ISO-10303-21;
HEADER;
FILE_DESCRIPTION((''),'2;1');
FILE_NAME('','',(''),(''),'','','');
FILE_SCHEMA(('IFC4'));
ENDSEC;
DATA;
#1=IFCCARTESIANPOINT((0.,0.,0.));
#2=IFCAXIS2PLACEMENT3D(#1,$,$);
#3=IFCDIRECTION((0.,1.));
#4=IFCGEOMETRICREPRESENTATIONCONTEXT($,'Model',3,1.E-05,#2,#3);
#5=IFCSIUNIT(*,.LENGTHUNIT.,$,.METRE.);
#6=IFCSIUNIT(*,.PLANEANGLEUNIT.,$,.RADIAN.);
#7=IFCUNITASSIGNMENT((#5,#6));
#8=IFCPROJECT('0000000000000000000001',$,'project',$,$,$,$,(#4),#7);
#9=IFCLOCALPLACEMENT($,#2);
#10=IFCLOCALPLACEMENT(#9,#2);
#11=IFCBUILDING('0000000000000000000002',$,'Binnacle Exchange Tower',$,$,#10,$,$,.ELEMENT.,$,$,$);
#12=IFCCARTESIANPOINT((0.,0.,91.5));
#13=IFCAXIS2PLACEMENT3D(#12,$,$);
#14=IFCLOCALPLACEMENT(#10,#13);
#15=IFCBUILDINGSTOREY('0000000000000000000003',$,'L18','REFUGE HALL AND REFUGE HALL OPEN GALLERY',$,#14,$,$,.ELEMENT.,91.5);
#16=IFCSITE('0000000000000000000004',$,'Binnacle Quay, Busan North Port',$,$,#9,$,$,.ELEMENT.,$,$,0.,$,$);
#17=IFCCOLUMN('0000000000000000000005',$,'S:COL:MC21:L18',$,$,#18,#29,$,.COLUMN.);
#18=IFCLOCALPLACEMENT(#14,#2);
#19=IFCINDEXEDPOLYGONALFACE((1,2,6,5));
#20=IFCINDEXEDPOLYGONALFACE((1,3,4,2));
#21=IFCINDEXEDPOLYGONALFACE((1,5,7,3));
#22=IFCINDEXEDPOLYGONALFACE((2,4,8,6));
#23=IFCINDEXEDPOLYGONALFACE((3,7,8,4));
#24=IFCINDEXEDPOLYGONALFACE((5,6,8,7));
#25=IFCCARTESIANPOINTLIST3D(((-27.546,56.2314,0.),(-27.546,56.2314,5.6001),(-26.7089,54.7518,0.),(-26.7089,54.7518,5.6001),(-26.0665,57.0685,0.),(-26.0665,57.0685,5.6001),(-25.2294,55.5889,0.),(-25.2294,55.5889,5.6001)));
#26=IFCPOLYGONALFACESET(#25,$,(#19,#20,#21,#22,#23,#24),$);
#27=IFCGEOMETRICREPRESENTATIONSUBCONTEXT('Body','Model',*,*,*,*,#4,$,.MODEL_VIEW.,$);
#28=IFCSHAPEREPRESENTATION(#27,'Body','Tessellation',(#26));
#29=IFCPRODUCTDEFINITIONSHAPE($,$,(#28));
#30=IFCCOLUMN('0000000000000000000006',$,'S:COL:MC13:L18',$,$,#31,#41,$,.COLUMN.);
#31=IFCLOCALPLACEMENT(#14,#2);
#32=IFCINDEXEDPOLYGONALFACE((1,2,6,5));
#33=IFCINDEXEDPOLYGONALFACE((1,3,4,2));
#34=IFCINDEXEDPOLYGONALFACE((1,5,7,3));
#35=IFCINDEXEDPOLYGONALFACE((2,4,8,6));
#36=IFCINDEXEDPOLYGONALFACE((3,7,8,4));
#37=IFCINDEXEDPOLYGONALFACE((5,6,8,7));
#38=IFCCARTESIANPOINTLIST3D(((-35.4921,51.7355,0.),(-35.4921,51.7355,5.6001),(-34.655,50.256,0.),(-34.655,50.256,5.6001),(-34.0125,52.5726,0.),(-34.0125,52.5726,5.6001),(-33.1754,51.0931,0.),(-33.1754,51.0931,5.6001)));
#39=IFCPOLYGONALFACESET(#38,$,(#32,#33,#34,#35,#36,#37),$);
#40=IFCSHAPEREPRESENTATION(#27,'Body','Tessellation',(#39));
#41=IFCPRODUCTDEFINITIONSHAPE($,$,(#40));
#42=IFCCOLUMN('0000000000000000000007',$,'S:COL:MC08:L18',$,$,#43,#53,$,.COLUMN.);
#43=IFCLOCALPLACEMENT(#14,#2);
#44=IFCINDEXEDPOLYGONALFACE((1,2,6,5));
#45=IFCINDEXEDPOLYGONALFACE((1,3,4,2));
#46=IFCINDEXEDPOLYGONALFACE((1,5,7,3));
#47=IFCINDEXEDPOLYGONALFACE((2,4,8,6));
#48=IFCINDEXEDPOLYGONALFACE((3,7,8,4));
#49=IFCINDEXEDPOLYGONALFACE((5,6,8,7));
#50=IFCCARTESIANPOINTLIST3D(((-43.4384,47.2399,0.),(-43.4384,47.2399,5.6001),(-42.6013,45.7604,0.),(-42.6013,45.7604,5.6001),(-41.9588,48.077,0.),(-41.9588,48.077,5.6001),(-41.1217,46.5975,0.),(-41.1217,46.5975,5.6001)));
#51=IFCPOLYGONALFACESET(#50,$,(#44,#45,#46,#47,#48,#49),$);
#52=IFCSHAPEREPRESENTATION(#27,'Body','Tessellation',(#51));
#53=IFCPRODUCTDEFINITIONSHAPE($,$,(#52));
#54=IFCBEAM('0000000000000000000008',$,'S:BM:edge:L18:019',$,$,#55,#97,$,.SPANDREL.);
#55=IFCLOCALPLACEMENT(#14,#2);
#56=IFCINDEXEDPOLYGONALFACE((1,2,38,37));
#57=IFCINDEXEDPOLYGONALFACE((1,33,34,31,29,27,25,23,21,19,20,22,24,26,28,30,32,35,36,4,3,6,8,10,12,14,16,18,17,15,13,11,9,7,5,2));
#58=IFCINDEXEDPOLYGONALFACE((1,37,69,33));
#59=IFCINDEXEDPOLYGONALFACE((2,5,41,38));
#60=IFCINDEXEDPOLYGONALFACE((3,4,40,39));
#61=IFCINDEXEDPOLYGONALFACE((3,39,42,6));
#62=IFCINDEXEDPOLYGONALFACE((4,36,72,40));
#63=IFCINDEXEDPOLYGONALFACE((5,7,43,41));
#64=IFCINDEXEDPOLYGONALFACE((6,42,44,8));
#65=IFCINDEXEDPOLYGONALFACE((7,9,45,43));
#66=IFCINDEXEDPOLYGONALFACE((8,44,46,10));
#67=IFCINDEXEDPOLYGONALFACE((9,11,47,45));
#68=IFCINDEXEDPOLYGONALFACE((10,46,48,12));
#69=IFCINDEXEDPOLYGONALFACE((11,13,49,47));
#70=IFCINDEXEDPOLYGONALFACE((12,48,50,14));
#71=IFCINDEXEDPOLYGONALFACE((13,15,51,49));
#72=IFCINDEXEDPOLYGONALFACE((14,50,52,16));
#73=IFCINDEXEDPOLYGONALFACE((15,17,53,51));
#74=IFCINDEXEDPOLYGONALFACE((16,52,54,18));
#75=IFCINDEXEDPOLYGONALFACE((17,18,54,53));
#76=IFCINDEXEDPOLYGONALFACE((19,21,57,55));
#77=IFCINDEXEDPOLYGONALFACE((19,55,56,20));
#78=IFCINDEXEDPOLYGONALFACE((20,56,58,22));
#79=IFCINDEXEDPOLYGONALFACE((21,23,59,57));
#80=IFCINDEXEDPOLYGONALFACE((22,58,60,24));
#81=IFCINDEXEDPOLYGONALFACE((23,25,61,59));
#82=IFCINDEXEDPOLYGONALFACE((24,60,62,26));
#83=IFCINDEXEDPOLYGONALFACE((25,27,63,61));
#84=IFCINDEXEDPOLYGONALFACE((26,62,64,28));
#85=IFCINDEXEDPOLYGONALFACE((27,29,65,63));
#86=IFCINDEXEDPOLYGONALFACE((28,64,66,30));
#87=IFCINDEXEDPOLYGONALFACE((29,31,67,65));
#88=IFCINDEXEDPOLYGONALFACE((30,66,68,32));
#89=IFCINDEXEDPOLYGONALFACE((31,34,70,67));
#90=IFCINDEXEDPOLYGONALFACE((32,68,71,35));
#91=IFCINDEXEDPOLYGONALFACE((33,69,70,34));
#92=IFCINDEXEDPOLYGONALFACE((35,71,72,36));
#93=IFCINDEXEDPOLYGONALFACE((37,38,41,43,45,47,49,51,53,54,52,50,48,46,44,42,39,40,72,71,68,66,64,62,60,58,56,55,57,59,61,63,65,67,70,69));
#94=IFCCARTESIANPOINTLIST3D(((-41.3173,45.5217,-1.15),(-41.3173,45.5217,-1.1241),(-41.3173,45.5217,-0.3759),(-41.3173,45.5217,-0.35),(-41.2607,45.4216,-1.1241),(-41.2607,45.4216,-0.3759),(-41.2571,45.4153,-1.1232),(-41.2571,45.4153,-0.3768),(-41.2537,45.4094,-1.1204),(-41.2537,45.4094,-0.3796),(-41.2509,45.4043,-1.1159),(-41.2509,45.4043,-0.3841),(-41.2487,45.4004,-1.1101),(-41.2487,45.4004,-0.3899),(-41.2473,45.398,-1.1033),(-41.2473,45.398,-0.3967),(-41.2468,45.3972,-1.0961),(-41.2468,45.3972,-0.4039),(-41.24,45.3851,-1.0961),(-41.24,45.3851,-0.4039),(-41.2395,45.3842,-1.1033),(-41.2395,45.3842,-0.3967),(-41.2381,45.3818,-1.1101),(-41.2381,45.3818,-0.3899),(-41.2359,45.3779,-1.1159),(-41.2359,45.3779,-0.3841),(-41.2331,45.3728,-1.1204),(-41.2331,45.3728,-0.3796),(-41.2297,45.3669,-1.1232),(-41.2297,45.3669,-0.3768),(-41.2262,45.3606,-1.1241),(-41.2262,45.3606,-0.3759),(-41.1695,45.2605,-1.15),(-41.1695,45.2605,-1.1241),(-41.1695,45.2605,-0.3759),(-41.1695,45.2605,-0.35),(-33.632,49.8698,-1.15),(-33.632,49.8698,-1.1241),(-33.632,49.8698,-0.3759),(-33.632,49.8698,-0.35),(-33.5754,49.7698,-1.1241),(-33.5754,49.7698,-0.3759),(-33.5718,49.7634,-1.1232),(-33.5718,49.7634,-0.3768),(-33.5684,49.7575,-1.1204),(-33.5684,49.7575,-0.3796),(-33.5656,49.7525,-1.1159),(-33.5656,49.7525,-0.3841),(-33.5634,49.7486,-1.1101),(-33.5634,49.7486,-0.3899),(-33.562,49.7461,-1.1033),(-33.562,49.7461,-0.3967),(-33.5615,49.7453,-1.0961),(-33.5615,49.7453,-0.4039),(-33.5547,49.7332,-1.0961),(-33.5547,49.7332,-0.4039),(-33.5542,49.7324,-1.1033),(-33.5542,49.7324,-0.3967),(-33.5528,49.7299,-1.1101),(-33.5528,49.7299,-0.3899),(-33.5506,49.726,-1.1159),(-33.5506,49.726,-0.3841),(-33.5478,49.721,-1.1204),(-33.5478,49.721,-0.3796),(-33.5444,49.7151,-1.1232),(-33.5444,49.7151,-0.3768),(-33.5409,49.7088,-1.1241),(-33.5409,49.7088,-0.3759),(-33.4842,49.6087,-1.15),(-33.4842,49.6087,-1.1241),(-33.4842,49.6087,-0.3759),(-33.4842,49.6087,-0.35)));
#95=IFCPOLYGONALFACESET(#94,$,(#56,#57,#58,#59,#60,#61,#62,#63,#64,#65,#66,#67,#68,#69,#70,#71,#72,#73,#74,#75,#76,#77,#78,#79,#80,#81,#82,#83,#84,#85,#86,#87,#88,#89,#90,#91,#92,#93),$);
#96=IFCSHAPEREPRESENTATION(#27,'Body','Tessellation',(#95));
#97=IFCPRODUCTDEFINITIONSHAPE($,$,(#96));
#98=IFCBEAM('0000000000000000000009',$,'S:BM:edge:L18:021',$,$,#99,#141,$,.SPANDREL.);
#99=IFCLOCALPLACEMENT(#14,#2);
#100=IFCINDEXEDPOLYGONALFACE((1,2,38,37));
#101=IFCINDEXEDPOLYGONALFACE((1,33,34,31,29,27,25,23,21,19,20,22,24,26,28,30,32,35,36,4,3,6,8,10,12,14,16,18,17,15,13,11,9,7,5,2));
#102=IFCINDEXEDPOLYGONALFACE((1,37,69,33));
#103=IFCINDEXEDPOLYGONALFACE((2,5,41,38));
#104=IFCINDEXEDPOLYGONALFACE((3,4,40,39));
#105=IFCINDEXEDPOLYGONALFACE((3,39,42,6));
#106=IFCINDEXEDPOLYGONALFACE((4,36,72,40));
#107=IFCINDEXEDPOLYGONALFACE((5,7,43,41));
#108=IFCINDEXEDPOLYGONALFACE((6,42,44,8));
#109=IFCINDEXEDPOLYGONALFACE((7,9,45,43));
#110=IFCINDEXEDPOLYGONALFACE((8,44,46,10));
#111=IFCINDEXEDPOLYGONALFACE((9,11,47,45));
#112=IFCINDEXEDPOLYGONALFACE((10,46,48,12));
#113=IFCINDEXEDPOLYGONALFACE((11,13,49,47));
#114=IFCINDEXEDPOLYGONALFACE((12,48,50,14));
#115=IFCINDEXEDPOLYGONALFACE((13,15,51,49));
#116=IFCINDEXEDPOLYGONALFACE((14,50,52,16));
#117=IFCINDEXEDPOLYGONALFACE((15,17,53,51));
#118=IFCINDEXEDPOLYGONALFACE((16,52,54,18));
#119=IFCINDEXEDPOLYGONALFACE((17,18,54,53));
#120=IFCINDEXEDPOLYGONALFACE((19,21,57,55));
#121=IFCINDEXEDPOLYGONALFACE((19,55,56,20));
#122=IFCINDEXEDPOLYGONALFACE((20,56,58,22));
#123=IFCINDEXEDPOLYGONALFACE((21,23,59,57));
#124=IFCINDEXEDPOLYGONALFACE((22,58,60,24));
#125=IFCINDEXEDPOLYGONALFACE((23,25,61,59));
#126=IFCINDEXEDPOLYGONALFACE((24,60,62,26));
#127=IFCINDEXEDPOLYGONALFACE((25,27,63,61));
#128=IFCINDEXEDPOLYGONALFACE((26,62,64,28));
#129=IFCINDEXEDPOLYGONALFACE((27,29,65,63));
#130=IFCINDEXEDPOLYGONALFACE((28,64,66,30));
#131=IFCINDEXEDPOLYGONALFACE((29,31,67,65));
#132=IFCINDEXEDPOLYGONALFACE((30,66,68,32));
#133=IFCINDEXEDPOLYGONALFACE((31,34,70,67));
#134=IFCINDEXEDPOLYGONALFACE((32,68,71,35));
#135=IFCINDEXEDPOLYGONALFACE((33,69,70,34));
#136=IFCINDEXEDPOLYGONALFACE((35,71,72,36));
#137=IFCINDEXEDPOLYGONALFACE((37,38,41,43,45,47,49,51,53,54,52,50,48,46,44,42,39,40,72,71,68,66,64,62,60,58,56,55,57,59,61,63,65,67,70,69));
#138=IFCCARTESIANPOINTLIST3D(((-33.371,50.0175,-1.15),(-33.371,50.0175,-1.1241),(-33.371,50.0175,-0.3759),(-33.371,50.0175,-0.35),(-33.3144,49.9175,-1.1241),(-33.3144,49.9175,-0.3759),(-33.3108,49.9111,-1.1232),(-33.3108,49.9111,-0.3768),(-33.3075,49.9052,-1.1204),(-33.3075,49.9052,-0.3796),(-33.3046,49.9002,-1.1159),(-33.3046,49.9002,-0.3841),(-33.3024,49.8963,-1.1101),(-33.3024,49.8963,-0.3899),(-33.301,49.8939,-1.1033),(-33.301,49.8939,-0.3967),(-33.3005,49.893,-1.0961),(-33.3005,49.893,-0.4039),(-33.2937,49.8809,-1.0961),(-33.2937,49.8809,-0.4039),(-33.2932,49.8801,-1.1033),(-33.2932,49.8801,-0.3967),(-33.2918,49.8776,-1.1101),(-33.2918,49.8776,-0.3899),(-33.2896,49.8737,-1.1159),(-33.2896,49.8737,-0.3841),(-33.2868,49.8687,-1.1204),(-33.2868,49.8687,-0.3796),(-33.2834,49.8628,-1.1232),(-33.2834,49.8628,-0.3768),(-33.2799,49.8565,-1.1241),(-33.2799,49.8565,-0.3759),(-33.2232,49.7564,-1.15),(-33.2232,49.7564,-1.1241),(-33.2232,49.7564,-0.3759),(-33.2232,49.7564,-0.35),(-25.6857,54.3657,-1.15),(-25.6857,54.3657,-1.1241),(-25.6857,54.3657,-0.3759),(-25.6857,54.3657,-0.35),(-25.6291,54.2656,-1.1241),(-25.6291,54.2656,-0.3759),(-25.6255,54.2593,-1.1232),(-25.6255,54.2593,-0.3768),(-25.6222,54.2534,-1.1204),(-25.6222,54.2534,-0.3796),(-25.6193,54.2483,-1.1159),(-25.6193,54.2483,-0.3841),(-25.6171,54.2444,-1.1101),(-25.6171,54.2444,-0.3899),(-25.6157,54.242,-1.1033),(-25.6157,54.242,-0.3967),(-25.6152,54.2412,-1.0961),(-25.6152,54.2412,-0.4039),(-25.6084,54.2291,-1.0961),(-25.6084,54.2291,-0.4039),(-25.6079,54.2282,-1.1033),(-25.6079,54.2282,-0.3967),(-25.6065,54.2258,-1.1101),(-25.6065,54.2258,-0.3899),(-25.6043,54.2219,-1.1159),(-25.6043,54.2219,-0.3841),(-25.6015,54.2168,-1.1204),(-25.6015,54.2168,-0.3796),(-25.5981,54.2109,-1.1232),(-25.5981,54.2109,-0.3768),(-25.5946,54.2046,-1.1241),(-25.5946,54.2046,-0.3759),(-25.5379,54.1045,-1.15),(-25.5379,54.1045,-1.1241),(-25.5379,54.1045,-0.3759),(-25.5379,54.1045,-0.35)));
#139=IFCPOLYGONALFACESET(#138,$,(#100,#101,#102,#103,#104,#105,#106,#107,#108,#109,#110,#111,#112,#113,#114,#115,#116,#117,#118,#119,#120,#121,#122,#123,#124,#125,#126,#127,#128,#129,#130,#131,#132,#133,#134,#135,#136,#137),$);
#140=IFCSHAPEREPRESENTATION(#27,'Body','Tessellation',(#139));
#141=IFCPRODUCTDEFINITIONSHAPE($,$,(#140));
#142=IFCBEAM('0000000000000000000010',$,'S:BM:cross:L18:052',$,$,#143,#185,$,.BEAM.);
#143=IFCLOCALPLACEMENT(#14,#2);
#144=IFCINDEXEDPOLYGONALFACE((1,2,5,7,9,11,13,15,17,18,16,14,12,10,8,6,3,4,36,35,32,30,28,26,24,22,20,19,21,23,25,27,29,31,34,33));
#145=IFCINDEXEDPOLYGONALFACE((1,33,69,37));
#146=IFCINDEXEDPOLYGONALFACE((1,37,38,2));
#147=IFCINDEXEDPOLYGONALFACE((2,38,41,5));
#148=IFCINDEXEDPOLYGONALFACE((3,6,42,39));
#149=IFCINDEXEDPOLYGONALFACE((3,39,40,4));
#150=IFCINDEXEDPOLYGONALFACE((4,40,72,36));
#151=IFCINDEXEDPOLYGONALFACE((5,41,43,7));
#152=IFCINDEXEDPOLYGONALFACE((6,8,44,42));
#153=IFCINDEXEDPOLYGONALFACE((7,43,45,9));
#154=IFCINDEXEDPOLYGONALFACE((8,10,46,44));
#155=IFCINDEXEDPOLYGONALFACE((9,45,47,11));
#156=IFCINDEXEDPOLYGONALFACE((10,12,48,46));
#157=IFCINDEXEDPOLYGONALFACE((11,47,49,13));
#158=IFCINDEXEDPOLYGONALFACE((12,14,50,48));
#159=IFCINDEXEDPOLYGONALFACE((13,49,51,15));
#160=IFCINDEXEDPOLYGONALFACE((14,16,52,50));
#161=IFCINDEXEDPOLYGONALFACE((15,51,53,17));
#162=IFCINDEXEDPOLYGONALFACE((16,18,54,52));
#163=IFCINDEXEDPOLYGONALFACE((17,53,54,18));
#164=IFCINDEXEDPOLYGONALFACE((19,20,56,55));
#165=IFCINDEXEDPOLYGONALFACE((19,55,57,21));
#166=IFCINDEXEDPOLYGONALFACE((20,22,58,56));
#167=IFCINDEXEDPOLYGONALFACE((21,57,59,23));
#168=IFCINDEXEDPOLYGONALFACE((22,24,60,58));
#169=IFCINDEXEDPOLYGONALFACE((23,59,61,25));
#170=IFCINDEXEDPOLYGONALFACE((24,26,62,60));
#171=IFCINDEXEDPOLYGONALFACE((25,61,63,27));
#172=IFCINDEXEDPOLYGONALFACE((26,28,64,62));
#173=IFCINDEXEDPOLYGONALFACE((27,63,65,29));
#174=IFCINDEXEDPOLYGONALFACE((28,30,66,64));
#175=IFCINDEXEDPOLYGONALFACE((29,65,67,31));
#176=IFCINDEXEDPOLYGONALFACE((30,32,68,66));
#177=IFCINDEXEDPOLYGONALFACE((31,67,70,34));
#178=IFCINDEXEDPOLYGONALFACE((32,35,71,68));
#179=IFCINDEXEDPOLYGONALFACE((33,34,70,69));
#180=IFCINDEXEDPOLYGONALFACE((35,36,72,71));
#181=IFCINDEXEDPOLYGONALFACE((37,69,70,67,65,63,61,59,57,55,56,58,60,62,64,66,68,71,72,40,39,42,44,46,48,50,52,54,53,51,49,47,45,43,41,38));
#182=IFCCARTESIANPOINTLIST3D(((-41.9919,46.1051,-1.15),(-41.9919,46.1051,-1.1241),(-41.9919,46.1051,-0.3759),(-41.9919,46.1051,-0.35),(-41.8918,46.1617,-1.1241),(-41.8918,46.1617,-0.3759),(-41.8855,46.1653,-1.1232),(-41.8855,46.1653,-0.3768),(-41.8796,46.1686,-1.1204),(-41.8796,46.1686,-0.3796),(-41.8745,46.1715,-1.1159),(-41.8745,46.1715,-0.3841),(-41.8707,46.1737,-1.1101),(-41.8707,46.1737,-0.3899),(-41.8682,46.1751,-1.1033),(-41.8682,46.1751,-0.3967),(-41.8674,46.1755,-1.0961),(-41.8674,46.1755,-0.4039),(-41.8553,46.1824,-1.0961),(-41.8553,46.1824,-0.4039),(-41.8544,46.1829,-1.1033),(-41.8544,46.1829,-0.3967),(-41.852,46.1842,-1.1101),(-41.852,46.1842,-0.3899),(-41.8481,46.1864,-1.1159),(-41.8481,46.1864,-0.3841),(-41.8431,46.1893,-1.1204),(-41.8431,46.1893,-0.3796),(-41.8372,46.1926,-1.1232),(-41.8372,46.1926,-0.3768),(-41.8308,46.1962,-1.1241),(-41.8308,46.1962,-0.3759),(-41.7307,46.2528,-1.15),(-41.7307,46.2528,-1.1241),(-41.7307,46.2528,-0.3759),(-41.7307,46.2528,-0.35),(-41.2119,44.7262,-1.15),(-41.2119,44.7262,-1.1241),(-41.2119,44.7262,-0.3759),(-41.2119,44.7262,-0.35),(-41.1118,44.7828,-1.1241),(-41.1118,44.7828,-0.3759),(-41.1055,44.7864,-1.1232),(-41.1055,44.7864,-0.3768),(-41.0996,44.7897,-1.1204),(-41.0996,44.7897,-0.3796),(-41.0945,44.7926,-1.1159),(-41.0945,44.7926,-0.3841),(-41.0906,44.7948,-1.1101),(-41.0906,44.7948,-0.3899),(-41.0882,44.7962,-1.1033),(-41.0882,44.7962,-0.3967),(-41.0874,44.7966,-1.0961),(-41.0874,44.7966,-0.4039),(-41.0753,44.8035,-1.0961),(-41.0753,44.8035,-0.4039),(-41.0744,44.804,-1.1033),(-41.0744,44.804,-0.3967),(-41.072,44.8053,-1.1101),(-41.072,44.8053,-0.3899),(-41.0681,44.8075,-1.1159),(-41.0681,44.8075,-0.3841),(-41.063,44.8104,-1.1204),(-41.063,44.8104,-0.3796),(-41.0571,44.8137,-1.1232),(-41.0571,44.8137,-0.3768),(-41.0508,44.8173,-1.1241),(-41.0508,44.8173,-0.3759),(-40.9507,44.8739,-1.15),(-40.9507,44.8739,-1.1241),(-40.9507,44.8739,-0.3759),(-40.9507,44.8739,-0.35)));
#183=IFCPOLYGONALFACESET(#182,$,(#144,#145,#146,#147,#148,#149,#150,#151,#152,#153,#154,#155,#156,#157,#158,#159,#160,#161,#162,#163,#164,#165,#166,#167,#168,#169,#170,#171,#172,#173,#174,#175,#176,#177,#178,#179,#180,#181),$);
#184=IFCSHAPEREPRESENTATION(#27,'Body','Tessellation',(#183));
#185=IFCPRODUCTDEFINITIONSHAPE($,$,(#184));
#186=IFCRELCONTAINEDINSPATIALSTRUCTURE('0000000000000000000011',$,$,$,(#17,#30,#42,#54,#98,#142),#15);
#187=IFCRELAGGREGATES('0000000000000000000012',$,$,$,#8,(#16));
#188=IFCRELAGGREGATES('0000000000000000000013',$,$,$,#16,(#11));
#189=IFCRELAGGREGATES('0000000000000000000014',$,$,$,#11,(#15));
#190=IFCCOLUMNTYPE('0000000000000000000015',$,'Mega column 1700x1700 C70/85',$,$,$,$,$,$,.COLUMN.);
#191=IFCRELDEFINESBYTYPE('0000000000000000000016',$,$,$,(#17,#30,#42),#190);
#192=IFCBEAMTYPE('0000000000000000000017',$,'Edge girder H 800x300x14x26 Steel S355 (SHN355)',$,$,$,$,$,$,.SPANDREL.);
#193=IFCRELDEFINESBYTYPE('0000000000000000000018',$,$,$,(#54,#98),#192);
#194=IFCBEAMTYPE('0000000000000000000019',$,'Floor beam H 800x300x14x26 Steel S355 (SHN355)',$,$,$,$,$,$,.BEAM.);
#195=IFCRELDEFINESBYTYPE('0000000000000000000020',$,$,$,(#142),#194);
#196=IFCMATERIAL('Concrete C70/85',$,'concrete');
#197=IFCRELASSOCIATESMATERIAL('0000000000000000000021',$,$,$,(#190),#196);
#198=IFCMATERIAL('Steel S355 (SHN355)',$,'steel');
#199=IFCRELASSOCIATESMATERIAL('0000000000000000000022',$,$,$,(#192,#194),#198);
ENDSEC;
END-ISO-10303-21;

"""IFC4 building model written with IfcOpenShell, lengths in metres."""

from ifc_helpers import new_model, si_unit, direction, frame, origin, origin_2d, place, context, subcontext, project, spatial, rectangle, i_section, extrude, material, material_profile, profile_set, type_object, element, save


model = new_model("IFC4")

# Units and contexts
model_context = context("Model", 3, precision=1e-05, world=origin(), true_north=direction((0.0, 1.0)))
body_context = subcontext(model_context, "Body", "Model", "MODEL_VIEW")
ifc_project = project(units=[si_unit("LENGTHUNIT", "METRE"), si_unit("PLANEANGLEUNIT", "RADIAN")], contexts=[model_context])

# Site, building, storey
site_placement = place(None, origin())
site = spatial("IfcSite", under=ifc_project, at=site_placement, Name="Binnacle Quay, Busan North Port", CompositionType="ELEMENT", RefElevation=0.0)
building_placement = place(site_placement, origin())
building = spatial("IfcBuilding", under=site, at=building_placement, Name="Binnacle Exchange Tower", CompositionType="ELEMENT")
storey_placement = place(building_placement, frame((0.0, 0.0, 91.5)))
storey = spatial("IfcBuildingStorey", under=building, at=storey_placement, Name="L18", Description="REFUGE HALL AND REFUGE HALL OPEN GALLERY", CompositionType="ELEMENT", Elevation=91.5)

# Columns
ifc_material_1 = material(Name="Concrete C70/85", Category="concrete")
ifc_material_profile_1 = material_profile(ifc_material_1, rectangle(XDim=1.7, YDim=1.7, at=origin_2d()), Name="Mega column 1700x1700 C70/85")
ifc_profile_set_1 = profile_set([ifc_material_profile_1], Name="Concrete C70/85")
column_type = type_object("IfcColumnType", Name="Mega column 1700x1700 C70/85", PredefinedType="COLUMN", material=ifc_profile_set_1)
for number, where, z_axis, x_axis, name in (
    (1, (-26.3877, 55.9102, 0.0), (0.0, 0.0, 1.0), (-0.870356, -0.492424, 0.0), "S:COL:MC21:L18"),
    (2, (-34.3337, 51.4143, 0.0), (0.0, 0.0, 1.0), (-0.870356, -0.492424, 0.0), "S:COL:MC13:L18"),
    (3, (-42.28, 46.9187, 0.0), (0.0, 0.0, 1.0), (-0.870356, -0.492424, 0.0), "S:COL:MC08:L18"),
):
    element("IfcColumn", number, at=place(storey_placement, frame(where, z_axis=z_axis, x_axis=x_axis)), inside=storey, type_object=column_type, Name=name, PredefinedType="COLUMN", context=body_context, shape_type="SweptSolid", body=[
        extrude(rectangle(XDim=1.7, YDim=1.7, at=origin_2d()), origin(), (0.0, 0.0, 1.0), 5.6001),
    ])

# Beams
ifc_material_2 = material(Name="Steel S355 (SHN355)", Category="steel")
ifc_material_profile_2 = material_profile(ifc_material_2, i_section(OverallWidth=0.3, OverallDepth=0.8, WebThickness=0.0139, FlangeThickness=0.0259, FilletRadius=0.0281, at=origin_2d()), Name="H 800x300x14x26")
ifc_profile_set_2 = profile_set([ifc_material_profile_2], Name="Steel S355 (SHN355)")
beam_type_1 = type_object("IfcBeamType", Name="Edge girder H 800x300x14x26 Steel S355 (SHN355)", PredefinedType="SPANDREL", material=ifc_profile_set_2)
for number, where, z_axis, x_axis, name in (
    (4, (-41.2434, 45.3911, -0.75), (0.870355, 0.492424, 0.0), (-0.492424, 0.870355, 0.0), "S:BM:edge:L18:019"),
    (5, (-33.2971, 49.887, -0.75), (0.870355, 0.492424, 0.0), (-0.492424, 0.870355, 0.0), "S:BM:edge:L18:021"),
):
    element("IfcBeam", number, at=place(storey_placement, frame(where, z_axis=z_axis, x_axis=x_axis)), inside=storey, type_object=beam_type_1, Name=name, PredefinedType="SPANDREL", context=body_context, shape_type="SweptSolid", body=[
        extrude(i_section(OverallWidth=0.3, OverallDepth=0.8, WebThickness=0.0139, FlangeThickness=0.0259, FilletRadius=0.0281, at=origin_2d()), origin(), (0.0, 0.0, 1.0), 8.8301),
    ])
ifc_material_profile_3 = material_profile(ifc_material_2, i_section(OverallWidth=0.3, OverallDepth=0.8, WebThickness=0.0139, FlangeThickness=0.0259, FilletRadius=0.0281, at=origin_2d()), Name="H 800x300x14x26")
ifc_profile_set_3 = profile_set([ifc_material_profile_3], Name="Steel S355 (SHN355)")
beam_type_2 = type_object("IfcBeamType", Name="Floor beam H 800x300x14x26 Steel S355 (SHN355)", PredefinedType="BEAM", material=ifc_profile_set_3)
beam_1_placement = place(storey_placement, frame((-41.8613, 46.179, -0.75), z_axis=(0.492367, -0.870388, 0.0), x_axis=(0.870388, 0.492367, 0.0)))
element("IfcBeam", 6, at=beam_1_placement, inside=storey, type_object=beam_type_2, Name="S:BM:cross:L18:052", PredefinedType="BEAM", context=body_context, shape_type="SweptSolid", body=[
    extrude(i_section(OverallWidth=0.3, OverallDepth=0.8, WebThickness=0.0139, FlangeThickness=0.0259, FilletRadius=0.0281, at=origin_2d()), origin(), (0.0, 0.0, 1.0), 1.5842),
])

save(model, "model.ifc")
